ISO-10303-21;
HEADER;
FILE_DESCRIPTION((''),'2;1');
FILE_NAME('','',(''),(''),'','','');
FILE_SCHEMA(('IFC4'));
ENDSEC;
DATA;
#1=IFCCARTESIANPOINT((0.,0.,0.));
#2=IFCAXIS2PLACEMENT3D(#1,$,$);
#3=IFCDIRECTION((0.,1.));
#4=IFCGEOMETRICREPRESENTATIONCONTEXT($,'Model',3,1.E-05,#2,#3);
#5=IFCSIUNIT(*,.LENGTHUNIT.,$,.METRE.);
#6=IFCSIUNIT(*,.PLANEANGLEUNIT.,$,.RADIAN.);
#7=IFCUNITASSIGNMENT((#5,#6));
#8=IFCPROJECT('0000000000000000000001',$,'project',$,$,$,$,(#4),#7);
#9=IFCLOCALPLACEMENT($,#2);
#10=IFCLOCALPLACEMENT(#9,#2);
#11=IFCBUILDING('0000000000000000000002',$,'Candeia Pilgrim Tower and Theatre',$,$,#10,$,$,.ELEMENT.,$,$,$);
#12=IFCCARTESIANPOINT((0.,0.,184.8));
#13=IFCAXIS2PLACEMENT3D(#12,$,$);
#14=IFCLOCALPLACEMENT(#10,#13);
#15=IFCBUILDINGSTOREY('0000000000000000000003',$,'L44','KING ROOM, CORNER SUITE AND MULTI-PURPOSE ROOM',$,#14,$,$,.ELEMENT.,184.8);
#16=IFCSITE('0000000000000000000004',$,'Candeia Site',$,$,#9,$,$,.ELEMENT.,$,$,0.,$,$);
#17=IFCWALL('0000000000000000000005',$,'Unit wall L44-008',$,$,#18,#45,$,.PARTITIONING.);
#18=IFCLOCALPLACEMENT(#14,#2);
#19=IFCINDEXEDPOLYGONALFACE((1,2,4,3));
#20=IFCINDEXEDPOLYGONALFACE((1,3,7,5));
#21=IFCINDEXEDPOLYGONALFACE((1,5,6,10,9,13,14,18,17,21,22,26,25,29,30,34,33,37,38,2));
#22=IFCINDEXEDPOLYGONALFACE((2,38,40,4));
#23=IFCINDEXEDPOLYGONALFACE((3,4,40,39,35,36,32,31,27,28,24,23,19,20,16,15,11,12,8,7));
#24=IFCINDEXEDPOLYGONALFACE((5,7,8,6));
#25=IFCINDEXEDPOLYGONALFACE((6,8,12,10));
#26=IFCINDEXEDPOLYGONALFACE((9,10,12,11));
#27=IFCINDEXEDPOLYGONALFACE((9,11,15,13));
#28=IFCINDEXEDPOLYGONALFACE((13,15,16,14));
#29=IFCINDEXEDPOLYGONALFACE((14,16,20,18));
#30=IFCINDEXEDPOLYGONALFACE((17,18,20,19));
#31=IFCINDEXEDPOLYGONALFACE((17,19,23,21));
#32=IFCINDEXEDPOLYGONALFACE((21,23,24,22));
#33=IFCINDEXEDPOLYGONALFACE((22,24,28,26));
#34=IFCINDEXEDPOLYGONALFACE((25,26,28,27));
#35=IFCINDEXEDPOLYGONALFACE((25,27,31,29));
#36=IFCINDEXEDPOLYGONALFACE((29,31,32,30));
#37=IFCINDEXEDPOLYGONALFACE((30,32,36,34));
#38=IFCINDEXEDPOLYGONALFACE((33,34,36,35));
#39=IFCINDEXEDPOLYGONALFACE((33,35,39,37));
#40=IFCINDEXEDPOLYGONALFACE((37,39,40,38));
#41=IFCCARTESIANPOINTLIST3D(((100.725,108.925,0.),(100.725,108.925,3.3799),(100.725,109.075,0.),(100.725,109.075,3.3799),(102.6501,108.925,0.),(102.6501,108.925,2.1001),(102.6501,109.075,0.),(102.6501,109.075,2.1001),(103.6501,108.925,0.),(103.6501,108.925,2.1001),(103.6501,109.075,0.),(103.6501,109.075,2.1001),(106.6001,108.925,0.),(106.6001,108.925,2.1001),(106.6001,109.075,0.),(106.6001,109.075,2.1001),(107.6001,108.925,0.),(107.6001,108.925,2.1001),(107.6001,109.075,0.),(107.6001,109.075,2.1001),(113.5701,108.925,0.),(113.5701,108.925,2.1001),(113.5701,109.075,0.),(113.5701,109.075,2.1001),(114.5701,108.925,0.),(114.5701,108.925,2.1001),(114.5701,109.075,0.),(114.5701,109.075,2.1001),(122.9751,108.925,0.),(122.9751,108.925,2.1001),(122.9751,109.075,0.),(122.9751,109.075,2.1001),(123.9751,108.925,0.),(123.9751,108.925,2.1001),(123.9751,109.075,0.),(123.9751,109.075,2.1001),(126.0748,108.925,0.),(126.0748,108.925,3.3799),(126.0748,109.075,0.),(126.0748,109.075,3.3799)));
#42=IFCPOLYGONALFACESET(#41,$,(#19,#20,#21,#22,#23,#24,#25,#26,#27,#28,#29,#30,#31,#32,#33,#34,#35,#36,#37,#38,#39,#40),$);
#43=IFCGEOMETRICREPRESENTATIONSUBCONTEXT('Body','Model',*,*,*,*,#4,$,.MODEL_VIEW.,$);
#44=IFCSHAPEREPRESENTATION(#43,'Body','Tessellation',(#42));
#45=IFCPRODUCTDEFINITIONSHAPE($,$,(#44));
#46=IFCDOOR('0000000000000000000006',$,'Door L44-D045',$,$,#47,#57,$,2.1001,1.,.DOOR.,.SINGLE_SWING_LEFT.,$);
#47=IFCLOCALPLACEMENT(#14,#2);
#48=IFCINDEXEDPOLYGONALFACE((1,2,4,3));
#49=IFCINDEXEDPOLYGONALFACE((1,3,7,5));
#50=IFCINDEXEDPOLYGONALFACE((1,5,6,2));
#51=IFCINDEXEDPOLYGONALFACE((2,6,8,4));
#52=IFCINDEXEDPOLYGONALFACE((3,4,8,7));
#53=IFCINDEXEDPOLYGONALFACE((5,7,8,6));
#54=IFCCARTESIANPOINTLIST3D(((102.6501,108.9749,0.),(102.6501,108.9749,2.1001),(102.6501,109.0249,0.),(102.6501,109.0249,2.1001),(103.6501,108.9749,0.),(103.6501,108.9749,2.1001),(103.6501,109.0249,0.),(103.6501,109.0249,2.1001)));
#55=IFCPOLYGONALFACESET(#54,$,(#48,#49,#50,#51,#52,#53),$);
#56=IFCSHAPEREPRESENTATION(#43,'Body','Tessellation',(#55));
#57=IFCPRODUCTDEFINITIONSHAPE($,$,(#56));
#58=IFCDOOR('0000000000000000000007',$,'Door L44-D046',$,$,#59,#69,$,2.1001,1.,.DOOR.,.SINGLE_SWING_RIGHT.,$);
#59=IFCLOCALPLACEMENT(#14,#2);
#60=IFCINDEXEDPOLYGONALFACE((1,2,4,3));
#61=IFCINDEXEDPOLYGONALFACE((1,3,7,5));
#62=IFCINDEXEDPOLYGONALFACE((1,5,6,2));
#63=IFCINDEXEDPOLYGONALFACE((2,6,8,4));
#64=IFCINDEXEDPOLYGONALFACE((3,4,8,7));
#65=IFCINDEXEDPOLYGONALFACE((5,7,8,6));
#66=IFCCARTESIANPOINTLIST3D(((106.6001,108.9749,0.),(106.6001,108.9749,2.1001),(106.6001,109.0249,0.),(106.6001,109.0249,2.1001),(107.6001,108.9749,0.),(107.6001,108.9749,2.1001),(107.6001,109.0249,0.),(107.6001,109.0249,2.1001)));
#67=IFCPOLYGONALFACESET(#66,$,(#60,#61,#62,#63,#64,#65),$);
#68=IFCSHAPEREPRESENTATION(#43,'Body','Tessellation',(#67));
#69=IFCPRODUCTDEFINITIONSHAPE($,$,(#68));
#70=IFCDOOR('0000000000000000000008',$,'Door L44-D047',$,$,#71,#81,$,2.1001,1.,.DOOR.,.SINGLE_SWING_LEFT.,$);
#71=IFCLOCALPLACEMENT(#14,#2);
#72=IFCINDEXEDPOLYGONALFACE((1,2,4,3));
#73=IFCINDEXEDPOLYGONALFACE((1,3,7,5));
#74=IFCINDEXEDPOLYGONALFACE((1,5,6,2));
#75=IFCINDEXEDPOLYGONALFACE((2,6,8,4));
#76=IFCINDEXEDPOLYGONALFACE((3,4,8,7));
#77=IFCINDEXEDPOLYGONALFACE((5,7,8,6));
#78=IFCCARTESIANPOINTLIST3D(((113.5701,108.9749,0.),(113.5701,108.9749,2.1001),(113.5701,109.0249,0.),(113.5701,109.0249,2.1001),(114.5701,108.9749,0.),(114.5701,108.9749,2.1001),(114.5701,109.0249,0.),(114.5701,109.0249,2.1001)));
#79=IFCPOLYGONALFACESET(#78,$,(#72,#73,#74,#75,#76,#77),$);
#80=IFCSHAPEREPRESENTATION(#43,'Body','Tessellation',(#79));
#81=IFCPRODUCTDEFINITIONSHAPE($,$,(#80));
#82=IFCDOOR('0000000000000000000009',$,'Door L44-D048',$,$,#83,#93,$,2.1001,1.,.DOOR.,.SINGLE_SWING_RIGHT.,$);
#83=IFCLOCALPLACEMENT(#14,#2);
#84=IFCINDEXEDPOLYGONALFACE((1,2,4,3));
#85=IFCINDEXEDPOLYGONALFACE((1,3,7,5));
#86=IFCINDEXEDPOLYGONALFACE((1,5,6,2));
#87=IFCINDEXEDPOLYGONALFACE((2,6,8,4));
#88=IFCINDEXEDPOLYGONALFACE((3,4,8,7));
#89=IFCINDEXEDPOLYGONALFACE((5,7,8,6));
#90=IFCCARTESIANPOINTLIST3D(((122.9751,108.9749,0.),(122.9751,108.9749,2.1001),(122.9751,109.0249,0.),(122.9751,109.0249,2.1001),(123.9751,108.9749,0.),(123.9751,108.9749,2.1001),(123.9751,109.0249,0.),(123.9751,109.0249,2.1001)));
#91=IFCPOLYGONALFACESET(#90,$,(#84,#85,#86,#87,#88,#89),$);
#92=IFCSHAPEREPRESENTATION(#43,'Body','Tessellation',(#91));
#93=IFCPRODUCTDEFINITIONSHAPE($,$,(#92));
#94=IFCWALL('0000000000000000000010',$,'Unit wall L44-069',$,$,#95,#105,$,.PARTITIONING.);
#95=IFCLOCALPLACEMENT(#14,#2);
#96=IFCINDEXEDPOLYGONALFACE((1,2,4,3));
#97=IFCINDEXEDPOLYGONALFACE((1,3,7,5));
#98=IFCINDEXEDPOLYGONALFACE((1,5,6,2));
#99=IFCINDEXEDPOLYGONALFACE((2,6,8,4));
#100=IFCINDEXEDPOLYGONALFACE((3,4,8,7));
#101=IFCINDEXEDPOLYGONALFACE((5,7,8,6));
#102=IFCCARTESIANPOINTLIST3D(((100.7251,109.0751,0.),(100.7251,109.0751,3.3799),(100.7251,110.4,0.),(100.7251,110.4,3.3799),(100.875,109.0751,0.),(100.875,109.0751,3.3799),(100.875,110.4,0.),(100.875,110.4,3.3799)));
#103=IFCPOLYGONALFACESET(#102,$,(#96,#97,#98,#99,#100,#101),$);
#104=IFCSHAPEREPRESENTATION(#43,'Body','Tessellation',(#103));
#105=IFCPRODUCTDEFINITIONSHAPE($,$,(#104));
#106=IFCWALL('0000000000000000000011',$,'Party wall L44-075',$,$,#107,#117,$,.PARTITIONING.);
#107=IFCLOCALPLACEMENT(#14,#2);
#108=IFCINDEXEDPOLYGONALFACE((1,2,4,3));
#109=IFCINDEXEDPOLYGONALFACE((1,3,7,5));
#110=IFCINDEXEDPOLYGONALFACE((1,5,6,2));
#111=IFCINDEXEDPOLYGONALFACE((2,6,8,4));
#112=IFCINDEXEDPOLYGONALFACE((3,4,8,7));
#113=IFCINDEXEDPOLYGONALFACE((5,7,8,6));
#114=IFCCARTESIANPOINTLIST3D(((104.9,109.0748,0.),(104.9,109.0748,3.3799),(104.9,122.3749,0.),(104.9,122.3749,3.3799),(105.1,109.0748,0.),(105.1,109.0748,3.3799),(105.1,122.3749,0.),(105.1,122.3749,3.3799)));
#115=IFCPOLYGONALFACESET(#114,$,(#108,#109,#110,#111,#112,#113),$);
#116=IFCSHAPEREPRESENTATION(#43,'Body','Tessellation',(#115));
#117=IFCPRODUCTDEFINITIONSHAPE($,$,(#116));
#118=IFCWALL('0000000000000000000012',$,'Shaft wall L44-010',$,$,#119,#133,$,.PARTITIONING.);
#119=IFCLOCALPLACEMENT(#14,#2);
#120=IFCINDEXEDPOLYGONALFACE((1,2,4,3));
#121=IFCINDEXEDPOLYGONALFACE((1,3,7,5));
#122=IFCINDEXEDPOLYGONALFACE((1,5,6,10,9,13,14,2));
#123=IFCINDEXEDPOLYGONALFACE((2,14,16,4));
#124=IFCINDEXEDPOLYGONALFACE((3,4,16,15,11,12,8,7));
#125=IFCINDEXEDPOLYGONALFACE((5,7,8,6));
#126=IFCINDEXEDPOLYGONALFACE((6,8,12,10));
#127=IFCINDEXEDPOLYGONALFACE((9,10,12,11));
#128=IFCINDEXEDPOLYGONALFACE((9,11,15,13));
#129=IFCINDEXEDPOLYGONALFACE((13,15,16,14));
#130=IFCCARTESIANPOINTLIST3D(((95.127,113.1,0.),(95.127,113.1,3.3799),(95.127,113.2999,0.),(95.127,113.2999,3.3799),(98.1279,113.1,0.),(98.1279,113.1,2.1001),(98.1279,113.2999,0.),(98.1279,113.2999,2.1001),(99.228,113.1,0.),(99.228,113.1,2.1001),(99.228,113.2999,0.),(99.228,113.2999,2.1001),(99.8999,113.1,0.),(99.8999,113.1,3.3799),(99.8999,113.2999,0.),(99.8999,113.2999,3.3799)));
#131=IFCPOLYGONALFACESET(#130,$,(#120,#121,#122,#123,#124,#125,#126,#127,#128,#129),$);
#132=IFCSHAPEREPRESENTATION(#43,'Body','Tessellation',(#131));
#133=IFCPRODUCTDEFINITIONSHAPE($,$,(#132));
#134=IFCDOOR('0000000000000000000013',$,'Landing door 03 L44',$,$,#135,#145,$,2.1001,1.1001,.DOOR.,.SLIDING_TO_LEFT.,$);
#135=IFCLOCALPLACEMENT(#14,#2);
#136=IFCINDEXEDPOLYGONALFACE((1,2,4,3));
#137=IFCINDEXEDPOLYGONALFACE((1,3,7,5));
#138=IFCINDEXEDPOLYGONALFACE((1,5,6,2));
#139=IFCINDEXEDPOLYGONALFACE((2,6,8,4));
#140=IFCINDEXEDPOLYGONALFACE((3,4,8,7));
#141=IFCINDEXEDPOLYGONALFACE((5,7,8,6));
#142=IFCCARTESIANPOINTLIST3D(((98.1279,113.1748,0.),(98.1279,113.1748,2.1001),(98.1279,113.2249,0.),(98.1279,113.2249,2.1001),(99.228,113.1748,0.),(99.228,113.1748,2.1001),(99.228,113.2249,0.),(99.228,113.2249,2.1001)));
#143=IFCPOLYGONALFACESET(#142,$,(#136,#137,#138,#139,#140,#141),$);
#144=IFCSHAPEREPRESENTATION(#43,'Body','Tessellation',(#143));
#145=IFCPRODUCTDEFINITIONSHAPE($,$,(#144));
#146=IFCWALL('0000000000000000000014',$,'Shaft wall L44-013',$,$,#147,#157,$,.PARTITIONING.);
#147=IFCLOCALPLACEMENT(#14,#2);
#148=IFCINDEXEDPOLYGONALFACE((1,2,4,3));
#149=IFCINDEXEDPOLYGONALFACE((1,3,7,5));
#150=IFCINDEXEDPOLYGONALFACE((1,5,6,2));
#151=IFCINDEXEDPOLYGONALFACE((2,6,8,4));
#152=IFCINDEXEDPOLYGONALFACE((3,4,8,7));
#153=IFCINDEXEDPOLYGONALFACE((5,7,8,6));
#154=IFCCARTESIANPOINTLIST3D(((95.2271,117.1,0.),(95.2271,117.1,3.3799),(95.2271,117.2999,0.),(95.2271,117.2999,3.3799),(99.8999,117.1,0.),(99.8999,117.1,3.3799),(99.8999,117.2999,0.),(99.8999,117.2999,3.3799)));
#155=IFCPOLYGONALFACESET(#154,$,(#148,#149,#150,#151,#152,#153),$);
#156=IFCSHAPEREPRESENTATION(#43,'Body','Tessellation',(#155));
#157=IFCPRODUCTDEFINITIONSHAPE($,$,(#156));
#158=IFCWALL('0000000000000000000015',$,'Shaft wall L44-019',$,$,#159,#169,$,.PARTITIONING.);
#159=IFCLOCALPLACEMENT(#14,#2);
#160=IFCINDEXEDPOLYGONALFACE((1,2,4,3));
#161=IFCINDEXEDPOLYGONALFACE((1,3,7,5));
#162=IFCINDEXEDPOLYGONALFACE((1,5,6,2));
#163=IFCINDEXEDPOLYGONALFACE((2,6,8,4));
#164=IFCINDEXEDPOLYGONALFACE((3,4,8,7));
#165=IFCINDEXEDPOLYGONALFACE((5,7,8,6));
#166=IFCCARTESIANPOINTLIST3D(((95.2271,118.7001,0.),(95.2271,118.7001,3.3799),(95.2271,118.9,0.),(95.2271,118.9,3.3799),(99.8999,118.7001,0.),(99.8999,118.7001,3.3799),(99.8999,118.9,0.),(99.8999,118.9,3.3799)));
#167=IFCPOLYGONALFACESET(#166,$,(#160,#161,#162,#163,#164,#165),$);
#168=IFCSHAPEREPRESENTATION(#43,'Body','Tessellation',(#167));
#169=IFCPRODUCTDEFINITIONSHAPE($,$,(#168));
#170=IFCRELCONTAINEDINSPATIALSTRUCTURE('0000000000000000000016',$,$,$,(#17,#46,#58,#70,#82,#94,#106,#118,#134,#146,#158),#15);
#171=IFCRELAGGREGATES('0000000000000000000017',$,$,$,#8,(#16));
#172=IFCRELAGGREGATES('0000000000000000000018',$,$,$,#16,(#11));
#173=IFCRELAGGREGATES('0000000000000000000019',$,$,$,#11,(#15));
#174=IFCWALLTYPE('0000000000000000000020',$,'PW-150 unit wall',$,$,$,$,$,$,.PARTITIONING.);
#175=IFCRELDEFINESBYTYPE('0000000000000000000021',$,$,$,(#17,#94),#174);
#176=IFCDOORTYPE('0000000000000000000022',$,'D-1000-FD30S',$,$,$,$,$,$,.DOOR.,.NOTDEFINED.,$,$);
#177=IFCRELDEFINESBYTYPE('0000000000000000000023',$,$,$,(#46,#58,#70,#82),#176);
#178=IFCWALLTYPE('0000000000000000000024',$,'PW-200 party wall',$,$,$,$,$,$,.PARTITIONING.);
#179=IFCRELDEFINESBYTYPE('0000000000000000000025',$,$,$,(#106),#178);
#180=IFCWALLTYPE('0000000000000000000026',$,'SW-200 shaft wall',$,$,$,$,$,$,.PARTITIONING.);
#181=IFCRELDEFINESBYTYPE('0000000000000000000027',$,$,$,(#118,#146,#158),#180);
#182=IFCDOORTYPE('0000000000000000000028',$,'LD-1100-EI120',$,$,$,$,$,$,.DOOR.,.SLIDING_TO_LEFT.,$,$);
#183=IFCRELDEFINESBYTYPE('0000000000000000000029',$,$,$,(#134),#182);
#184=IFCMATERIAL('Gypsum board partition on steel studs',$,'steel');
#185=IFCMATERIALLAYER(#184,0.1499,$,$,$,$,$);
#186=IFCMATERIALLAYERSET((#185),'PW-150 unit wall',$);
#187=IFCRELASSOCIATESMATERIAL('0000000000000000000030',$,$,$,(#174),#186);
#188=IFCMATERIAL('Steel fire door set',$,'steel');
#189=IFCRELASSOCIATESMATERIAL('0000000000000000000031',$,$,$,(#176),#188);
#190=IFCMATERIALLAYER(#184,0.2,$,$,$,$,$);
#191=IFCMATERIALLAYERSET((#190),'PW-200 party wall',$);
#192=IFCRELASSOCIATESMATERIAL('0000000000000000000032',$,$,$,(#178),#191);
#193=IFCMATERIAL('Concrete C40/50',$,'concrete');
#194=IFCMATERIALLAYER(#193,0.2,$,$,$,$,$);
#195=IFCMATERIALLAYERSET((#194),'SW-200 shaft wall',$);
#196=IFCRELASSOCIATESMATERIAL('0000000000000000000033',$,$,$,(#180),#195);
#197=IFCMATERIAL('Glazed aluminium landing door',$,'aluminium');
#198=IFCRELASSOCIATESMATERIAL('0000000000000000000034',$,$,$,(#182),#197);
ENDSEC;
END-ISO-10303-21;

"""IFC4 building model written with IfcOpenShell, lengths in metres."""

from ifc_helpers import new_model, si_unit, direction, frame, frame_2d, origin, place, context, subcontext, project, spatial, rectangle, extrude, material, layer, layer_set, type_object, element, fill, save


model = new_model("IFC4")

# Units and contexts
model_context = context("Model", 3, precision=1e-05, world=origin(), true_north=direction((0.0, 1.0)))
body_context = subcontext(model_context, "Body", "Model", "MODEL_VIEW")
ifc_project = project(units=[si_unit("LENGTHUNIT", "METRE"), si_unit("PLANEANGLEUNIT", "RADIAN")], contexts=[model_context])

# Site, building, storey
site_placement = place(None, origin())
site = spatial("IfcSite", under=ifc_project, at=site_placement, Name="Candeia Site", CompositionType="ELEMENT", RefElevation=0.0)
building_placement = place(site_placement, origin())
building = spatial("IfcBuilding", under=site, at=building_placement, Name="Candeia Pilgrim Tower and Theatre", CompositionType="ELEMENT")
storey_placement = place(building_placement, frame((0.0, 0.0, 184.8)))
storey = spatial("IfcBuildingStorey", under=building, at=storey_placement, Name="L44", Description="KING ROOM, CORNER SUITE AND MULTI-PURPOSE ROOM", CompositionType="ELEMENT", Elevation=184.8)

# Shared definitions
ifc_material_1 = material(Name="Steel fire door set", Category="steel")

# Shared definitions
ifc_material_2 = material(Name="Gypsum board partition on steel studs", Category="steel")

# Wall, openings, doors
ifc_layer_1 = layer(ifc_material_2, 0.1499)
ifc_layer_set_1 = layer_set([ifc_layer_1], Name="PW-150 unit wall")
wall_type_1 = type_object("IfcWallType", Name="PW-150 unit wall", PredefinedType="PARTITIONING", material=ifc_layer_set_1)
wall_1_placement = place(storey_placement, frame((100.7251, 109.0, 0.0), z_axis=(0.0, 0.0, 1.0), x_axis=(1.0, 0.0, 0.0)))
wall_1 = element("IfcWall", 1, at=wall_1_placement, inside=storey, type_object=wall_type_1, Name="Unit wall L44-008", PredefinedType="PARTITIONING", context=body_context, shape_type="SweptSolid", body=[
    extrude(rectangle(XDim=25.3499, YDim=0.1499, at=frame_2d((12.6748, 0.0))), origin(), (0.0, 0.0, 1.0), 3.3799),
])
opening_1_placement = place(wall_1_placement, frame((1.925, 0.0, 0.0)))
opening_1 = element("IfcOpeningElement", 2, at=opening_1_placement, cuts=wall_1, PredefinedType="OPENING", context=body_context, shape_type="SweptSolid", body=[
    extrude(rectangle(XDim=1.0, YDim=2.1001, at=frame_2d((0.5, 1.05))), frame((0.0, 0.085, 0.0), z_axis=(0.0, -1.0, 0.0), x_axis=(1.0, 0.0, 0.0)), (0.0, 0.0, 1.0), 0.1699),
])
opening_2_placement = place(wall_1_placement, frame((5.875, 0.0, 0.0)))
opening_2 = element("IfcOpeningElement", 3, at=opening_2_placement, cuts=wall_1, PredefinedType="OPENING", context=body_context, shape_type="SweptSolid", body=[
    extrude(rectangle(XDim=1.0, YDim=2.1001, at=frame_2d((0.5, 1.05))), frame((0.0, 0.085, 0.0), z_axis=(0.0, -1.0, 0.0), x_axis=(1.0, 0.0, 0.0)), (0.0, 0.0, 1.0), 0.1699),
])
opening_3_placement = place(wall_1_placement, frame((12.845, 0.0, 0.0)))
opening_3 = element("IfcOpeningElement", 4, at=opening_3_placement, cuts=wall_1, PredefinedType="OPENING", context=body_context, shape_type="SweptSolid", body=[
    extrude(rectangle(XDim=1.0, YDim=2.1001, at=frame_2d((0.5, 1.05))), frame((0.0, 0.085, 0.0), z_axis=(0.0, -1.0, 0.0), x_axis=(1.0, 0.0, 0.0)), (0.0, 0.0, 1.0), 0.1699),
])
opening_4_placement = place(wall_1_placement, frame((22.25, 0.0, 0.0)))
opening_4 = element("IfcOpeningElement", 5, at=opening_4_placement, cuts=wall_1, PredefinedType="OPENING", context=body_context, shape_type="SweptSolid", body=[
    extrude(rectangle(XDim=1.0, YDim=2.1001, at=frame_2d((0.5, 1.05))), frame((0.0, 0.085, 0.0), z_axis=(0.0, -1.0, 0.0), x_axis=(1.0, 0.0, 0.0)), (0.0, 0.0, 1.0), 0.1699),
])
door_type_1 = type_object("IfcDoorType", Name="D-1000-FD30S", OperationType="NOTDEFINED", PredefinedType="DOOR", material=ifc_material_1)
door_1_placement = place(opening_1_placement, origin())
door_1 = element("IfcDoor", 6, at=door_1_placement, inside=storey, type_object=door_type_1, Name="Door L44-D045", OperationType="SINGLE_SWING_LEFT", OverallHeight=2.1001, OverallWidth=1.0, PredefinedType="DOOR", context=body_context, shape_type="SweptSolid", body=[
    extrude(rectangle(XDim=1.0, YDim=2.1001, at=frame_2d((0.5, 1.05))), frame((0.0, 0.0249, 0.0), z_axis=(0.0, -1.0, 0.0), x_axis=(1.0, 0.0, 0.0)), (0.0, 0.0, 1.0), 0.05),
])
fill(opening_1, door_1)
door_2_placement = place(opening_2_placement, origin())
door_2 = element("IfcDoor", 7, at=door_2_placement, inside=storey, type_object=door_type_1, Name="Door L44-D046", OperationType="SINGLE_SWING_RIGHT", OverallHeight=2.1001, OverallWidth=1.0, PredefinedType="DOOR", context=body_context, shape_type="SweptSolid", body=[
    extrude(rectangle(XDim=1.0, YDim=2.1001, at=frame_2d((0.5, 1.05))), frame((0.0, 0.0249, 0.0), z_axis=(0.0, -1.0, 0.0), x_axis=(1.0, 0.0, 0.0)), (0.0, 0.0, 1.0), 0.05),
])
fill(opening_2, door_2)
door_3_placement = place(opening_3_placement, origin())
door_3 = element("IfcDoor", 8, at=door_3_placement, inside=storey, type_object=door_type_1, Name="Door L44-D047", OperationType="SINGLE_SWING_LEFT", OverallHeight=2.1001, OverallWidth=1.0, PredefinedType="DOOR", context=body_context, shape_type="SweptSolid", body=[
    extrude(rectangle(XDim=1.0, YDim=2.1001, at=frame_2d((0.5, 1.05))), frame((0.0, 0.0249, 0.0), z_axis=(0.0, -1.0, 0.0), x_axis=(1.0, 0.0, 0.0)), (0.0, 0.0, 1.0), 0.05),
])
fill(opening_3, door_3)
door_4_placement = place(opening_4_placement, origin())
door_4 = element("IfcDoor", 9, at=door_4_placement, inside=storey, type_object=door_type_1, Name="Door L44-D048", OperationType="SINGLE_SWING_RIGHT", OverallHeight=2.1001, OverallWidth=1.0, PredefinedType="DOOR", context=body_context, shape_type="SweptSolid", body=[
    extrude(rectangle(XDim=1.0, YDim=2.1001, at=frame_2d((0.5, 1.05))), frame((0.0, 0.0249, 0.0), z_axis=(0.0, -1.0, 0.0), x_axis=(1.0, 0.0, 0.0)), (0.0, 0.0, 1.0), 0.05),
])
fill(opening_4, door_4)

# Walls
wall_2_placement = place(storey_placement, frame((100.8, 109.075, 0.0), z_axis=(0.0, 0.0, 1.0), x_axis=(0.0, 1.0, 0.0)))
element("IfcWall", 10, at=wall_2_placement, inside=storey, type_object=wall_type_1, Name="Unit wall L44-069", PredefinedType="PARTITIONING", context=body_context, shape_type="SweptSolid", body=[
    extrude(rectangle(XDim=1.325, YDim=0.1499, at=frame_2d((0.6626, 0.0))), origin(), (0.0, 0.0, 1.0), 3.3799),
])
ifc_layer_2 = layer(ifc_material_2, 0.2)
ifc_layer_set_2 = layer_set([ifc_layer_2], Name="PW-200 party wall")
wall_type_2 = type_object("IfcWallType", Name="PW-200 party wall", PredefinedType="PARTITIONING", material=ifc_layer_set_2)
wall_3_placement = place(storey_placement, frame((105.0, 109.075, 0.0), z_axis=(0.0, 0.0, 1.0), x_axis=(0.0, 1.0, 0.0)))
element("IfcWall", 11, at=wall_3_placement, inside=storey, type_object=wall_type_2, Name="Party wall L44-075", PredefinedType="PARTITIONING", context=body_context, shape_type="SweptSolid", body=[
    extrude(rectangle(XDim=13.3, YDim=0.2, at=frame_2d((6.6499, 0.0))), origin(), (0.0, 0.0, 1.0), 3.3799),
])

# Wall, opening, door
ifc_material_3 = material(Name="Concrete C40/50", Category="concrete")
ifc_layer_3 = layer(ifc_material_3, 0.2)
ifc_layer_set_3 = layer_set([ifc_layer_3], Name="SW-200 shaft wall")
wall_type_3 = type_object("IfcWallType", Name="SW-200 shaft wall", PredefinedType="PARTITIONING", material=ifc_layer_set_3)
wall_4_placement = place(storey_placement, frame((95.127, 113.2, 0.0), z_axis=(0.0, 0.0, 1.0), x_axis=(1.0, 0.0, 0.0)))
wall_4 = element("IfcWall", 12, at=wall_4_placement, inside=storey, type_object=wall_type_3, Name="Shaft wall L44-010", PredefinedType="PARTITIONING", context=body_context, shape_type="SweptSolid", body=[
    extrude(rectangle(XDim=4.7729, YDim=0.2, at=frame_2d((2.3865, 0.0))), origin(), (0.0, 0.0, 1.0), 3.3799),
])
opening_5_placement = place(wall_4_placement, frame((3.001, 0.0, 0.0)))
opening_5 = element("IfcOpeningElement", 13, at=opening_5_placement, cuts=wall_4, PredefinedType="OPENING", context=body_context, shape_type="SweptSolid", body=[
    extrude(rectangle(XDim=1.1001, YDim=2.1001, at=frame_2d((0.55, 1.05))), frame((0.0, 0.1099, 0.0), z_axis=(0.0, -1.0, 0.0), x_axis=(1.0, 0.0, 0.0)), (0.0, 0.0, 1.0), 0.22),
])
ifc_material_4 = material(Name="Glazed aluminium landing door", Category="aluminium")
door_type_2 = type_object("IfcDoorType", Name="LD-1100-EI120", OperationType="SLIDING_TO_LEFT", PredefinedType="DOOR", material=ifc_material_4)
door_5_placement = place(opening_5_placement, origin())
door_5 = element("IfcDoor", 14, at=door_5_placement, inside=storey, type_object=door_type_2, Name="Landing door 03 L44", OperationType="SLIDING_TO_LEFT", OverallHeight=2.1001, OverallWidth=1.1001, PredefinedType="DOOR", context=body_context, shape_type="SweptSolid", body=[
    extrude(rectangle(XDim=1.1001, YDim=2.1001, at=frame_2d((0.55, 1.05))), frame((0.0, 0.0249, 0.0), z_axis=(0.0, -1.0, 0.0), x_axis=(1.0, 0.0, 0.0)), (0.0, 0.0, 1.0), 0.05),
])
fill(opening_5, door_5)

# Walls
for number, where, z_axis, x_axis, name in (
    (15, (95.2271, 117.2, 0.0), (0.0, 0.0, 1.0), (1.0, 0.0, 0.0), "Shaft wall L44-013"),
    (16, (95.2271, 118.8, 0.0), (0.0, 0.0, 1.0), (1.0, 0.0, 0.0), "Shaft wall L44-019"),
):
    element("IfcWall", number, at=place(storey_placement, frame(where, z_axis=z_axis, x_axis=x_axis)), inside=storey, type_object=wall_type_3, Name=name, PredefinedType="PARTITIONING", context=body_context, shape_type="SweptSolid", body=[
        extrude(rectangle(XDim=4.6729, YDim=0.2, at=frame_2d((2.3364, 0.0))), origin(), (0.0, 0.0, 1.0), 3.3799),
    ])

save(model, "model.ifc")
